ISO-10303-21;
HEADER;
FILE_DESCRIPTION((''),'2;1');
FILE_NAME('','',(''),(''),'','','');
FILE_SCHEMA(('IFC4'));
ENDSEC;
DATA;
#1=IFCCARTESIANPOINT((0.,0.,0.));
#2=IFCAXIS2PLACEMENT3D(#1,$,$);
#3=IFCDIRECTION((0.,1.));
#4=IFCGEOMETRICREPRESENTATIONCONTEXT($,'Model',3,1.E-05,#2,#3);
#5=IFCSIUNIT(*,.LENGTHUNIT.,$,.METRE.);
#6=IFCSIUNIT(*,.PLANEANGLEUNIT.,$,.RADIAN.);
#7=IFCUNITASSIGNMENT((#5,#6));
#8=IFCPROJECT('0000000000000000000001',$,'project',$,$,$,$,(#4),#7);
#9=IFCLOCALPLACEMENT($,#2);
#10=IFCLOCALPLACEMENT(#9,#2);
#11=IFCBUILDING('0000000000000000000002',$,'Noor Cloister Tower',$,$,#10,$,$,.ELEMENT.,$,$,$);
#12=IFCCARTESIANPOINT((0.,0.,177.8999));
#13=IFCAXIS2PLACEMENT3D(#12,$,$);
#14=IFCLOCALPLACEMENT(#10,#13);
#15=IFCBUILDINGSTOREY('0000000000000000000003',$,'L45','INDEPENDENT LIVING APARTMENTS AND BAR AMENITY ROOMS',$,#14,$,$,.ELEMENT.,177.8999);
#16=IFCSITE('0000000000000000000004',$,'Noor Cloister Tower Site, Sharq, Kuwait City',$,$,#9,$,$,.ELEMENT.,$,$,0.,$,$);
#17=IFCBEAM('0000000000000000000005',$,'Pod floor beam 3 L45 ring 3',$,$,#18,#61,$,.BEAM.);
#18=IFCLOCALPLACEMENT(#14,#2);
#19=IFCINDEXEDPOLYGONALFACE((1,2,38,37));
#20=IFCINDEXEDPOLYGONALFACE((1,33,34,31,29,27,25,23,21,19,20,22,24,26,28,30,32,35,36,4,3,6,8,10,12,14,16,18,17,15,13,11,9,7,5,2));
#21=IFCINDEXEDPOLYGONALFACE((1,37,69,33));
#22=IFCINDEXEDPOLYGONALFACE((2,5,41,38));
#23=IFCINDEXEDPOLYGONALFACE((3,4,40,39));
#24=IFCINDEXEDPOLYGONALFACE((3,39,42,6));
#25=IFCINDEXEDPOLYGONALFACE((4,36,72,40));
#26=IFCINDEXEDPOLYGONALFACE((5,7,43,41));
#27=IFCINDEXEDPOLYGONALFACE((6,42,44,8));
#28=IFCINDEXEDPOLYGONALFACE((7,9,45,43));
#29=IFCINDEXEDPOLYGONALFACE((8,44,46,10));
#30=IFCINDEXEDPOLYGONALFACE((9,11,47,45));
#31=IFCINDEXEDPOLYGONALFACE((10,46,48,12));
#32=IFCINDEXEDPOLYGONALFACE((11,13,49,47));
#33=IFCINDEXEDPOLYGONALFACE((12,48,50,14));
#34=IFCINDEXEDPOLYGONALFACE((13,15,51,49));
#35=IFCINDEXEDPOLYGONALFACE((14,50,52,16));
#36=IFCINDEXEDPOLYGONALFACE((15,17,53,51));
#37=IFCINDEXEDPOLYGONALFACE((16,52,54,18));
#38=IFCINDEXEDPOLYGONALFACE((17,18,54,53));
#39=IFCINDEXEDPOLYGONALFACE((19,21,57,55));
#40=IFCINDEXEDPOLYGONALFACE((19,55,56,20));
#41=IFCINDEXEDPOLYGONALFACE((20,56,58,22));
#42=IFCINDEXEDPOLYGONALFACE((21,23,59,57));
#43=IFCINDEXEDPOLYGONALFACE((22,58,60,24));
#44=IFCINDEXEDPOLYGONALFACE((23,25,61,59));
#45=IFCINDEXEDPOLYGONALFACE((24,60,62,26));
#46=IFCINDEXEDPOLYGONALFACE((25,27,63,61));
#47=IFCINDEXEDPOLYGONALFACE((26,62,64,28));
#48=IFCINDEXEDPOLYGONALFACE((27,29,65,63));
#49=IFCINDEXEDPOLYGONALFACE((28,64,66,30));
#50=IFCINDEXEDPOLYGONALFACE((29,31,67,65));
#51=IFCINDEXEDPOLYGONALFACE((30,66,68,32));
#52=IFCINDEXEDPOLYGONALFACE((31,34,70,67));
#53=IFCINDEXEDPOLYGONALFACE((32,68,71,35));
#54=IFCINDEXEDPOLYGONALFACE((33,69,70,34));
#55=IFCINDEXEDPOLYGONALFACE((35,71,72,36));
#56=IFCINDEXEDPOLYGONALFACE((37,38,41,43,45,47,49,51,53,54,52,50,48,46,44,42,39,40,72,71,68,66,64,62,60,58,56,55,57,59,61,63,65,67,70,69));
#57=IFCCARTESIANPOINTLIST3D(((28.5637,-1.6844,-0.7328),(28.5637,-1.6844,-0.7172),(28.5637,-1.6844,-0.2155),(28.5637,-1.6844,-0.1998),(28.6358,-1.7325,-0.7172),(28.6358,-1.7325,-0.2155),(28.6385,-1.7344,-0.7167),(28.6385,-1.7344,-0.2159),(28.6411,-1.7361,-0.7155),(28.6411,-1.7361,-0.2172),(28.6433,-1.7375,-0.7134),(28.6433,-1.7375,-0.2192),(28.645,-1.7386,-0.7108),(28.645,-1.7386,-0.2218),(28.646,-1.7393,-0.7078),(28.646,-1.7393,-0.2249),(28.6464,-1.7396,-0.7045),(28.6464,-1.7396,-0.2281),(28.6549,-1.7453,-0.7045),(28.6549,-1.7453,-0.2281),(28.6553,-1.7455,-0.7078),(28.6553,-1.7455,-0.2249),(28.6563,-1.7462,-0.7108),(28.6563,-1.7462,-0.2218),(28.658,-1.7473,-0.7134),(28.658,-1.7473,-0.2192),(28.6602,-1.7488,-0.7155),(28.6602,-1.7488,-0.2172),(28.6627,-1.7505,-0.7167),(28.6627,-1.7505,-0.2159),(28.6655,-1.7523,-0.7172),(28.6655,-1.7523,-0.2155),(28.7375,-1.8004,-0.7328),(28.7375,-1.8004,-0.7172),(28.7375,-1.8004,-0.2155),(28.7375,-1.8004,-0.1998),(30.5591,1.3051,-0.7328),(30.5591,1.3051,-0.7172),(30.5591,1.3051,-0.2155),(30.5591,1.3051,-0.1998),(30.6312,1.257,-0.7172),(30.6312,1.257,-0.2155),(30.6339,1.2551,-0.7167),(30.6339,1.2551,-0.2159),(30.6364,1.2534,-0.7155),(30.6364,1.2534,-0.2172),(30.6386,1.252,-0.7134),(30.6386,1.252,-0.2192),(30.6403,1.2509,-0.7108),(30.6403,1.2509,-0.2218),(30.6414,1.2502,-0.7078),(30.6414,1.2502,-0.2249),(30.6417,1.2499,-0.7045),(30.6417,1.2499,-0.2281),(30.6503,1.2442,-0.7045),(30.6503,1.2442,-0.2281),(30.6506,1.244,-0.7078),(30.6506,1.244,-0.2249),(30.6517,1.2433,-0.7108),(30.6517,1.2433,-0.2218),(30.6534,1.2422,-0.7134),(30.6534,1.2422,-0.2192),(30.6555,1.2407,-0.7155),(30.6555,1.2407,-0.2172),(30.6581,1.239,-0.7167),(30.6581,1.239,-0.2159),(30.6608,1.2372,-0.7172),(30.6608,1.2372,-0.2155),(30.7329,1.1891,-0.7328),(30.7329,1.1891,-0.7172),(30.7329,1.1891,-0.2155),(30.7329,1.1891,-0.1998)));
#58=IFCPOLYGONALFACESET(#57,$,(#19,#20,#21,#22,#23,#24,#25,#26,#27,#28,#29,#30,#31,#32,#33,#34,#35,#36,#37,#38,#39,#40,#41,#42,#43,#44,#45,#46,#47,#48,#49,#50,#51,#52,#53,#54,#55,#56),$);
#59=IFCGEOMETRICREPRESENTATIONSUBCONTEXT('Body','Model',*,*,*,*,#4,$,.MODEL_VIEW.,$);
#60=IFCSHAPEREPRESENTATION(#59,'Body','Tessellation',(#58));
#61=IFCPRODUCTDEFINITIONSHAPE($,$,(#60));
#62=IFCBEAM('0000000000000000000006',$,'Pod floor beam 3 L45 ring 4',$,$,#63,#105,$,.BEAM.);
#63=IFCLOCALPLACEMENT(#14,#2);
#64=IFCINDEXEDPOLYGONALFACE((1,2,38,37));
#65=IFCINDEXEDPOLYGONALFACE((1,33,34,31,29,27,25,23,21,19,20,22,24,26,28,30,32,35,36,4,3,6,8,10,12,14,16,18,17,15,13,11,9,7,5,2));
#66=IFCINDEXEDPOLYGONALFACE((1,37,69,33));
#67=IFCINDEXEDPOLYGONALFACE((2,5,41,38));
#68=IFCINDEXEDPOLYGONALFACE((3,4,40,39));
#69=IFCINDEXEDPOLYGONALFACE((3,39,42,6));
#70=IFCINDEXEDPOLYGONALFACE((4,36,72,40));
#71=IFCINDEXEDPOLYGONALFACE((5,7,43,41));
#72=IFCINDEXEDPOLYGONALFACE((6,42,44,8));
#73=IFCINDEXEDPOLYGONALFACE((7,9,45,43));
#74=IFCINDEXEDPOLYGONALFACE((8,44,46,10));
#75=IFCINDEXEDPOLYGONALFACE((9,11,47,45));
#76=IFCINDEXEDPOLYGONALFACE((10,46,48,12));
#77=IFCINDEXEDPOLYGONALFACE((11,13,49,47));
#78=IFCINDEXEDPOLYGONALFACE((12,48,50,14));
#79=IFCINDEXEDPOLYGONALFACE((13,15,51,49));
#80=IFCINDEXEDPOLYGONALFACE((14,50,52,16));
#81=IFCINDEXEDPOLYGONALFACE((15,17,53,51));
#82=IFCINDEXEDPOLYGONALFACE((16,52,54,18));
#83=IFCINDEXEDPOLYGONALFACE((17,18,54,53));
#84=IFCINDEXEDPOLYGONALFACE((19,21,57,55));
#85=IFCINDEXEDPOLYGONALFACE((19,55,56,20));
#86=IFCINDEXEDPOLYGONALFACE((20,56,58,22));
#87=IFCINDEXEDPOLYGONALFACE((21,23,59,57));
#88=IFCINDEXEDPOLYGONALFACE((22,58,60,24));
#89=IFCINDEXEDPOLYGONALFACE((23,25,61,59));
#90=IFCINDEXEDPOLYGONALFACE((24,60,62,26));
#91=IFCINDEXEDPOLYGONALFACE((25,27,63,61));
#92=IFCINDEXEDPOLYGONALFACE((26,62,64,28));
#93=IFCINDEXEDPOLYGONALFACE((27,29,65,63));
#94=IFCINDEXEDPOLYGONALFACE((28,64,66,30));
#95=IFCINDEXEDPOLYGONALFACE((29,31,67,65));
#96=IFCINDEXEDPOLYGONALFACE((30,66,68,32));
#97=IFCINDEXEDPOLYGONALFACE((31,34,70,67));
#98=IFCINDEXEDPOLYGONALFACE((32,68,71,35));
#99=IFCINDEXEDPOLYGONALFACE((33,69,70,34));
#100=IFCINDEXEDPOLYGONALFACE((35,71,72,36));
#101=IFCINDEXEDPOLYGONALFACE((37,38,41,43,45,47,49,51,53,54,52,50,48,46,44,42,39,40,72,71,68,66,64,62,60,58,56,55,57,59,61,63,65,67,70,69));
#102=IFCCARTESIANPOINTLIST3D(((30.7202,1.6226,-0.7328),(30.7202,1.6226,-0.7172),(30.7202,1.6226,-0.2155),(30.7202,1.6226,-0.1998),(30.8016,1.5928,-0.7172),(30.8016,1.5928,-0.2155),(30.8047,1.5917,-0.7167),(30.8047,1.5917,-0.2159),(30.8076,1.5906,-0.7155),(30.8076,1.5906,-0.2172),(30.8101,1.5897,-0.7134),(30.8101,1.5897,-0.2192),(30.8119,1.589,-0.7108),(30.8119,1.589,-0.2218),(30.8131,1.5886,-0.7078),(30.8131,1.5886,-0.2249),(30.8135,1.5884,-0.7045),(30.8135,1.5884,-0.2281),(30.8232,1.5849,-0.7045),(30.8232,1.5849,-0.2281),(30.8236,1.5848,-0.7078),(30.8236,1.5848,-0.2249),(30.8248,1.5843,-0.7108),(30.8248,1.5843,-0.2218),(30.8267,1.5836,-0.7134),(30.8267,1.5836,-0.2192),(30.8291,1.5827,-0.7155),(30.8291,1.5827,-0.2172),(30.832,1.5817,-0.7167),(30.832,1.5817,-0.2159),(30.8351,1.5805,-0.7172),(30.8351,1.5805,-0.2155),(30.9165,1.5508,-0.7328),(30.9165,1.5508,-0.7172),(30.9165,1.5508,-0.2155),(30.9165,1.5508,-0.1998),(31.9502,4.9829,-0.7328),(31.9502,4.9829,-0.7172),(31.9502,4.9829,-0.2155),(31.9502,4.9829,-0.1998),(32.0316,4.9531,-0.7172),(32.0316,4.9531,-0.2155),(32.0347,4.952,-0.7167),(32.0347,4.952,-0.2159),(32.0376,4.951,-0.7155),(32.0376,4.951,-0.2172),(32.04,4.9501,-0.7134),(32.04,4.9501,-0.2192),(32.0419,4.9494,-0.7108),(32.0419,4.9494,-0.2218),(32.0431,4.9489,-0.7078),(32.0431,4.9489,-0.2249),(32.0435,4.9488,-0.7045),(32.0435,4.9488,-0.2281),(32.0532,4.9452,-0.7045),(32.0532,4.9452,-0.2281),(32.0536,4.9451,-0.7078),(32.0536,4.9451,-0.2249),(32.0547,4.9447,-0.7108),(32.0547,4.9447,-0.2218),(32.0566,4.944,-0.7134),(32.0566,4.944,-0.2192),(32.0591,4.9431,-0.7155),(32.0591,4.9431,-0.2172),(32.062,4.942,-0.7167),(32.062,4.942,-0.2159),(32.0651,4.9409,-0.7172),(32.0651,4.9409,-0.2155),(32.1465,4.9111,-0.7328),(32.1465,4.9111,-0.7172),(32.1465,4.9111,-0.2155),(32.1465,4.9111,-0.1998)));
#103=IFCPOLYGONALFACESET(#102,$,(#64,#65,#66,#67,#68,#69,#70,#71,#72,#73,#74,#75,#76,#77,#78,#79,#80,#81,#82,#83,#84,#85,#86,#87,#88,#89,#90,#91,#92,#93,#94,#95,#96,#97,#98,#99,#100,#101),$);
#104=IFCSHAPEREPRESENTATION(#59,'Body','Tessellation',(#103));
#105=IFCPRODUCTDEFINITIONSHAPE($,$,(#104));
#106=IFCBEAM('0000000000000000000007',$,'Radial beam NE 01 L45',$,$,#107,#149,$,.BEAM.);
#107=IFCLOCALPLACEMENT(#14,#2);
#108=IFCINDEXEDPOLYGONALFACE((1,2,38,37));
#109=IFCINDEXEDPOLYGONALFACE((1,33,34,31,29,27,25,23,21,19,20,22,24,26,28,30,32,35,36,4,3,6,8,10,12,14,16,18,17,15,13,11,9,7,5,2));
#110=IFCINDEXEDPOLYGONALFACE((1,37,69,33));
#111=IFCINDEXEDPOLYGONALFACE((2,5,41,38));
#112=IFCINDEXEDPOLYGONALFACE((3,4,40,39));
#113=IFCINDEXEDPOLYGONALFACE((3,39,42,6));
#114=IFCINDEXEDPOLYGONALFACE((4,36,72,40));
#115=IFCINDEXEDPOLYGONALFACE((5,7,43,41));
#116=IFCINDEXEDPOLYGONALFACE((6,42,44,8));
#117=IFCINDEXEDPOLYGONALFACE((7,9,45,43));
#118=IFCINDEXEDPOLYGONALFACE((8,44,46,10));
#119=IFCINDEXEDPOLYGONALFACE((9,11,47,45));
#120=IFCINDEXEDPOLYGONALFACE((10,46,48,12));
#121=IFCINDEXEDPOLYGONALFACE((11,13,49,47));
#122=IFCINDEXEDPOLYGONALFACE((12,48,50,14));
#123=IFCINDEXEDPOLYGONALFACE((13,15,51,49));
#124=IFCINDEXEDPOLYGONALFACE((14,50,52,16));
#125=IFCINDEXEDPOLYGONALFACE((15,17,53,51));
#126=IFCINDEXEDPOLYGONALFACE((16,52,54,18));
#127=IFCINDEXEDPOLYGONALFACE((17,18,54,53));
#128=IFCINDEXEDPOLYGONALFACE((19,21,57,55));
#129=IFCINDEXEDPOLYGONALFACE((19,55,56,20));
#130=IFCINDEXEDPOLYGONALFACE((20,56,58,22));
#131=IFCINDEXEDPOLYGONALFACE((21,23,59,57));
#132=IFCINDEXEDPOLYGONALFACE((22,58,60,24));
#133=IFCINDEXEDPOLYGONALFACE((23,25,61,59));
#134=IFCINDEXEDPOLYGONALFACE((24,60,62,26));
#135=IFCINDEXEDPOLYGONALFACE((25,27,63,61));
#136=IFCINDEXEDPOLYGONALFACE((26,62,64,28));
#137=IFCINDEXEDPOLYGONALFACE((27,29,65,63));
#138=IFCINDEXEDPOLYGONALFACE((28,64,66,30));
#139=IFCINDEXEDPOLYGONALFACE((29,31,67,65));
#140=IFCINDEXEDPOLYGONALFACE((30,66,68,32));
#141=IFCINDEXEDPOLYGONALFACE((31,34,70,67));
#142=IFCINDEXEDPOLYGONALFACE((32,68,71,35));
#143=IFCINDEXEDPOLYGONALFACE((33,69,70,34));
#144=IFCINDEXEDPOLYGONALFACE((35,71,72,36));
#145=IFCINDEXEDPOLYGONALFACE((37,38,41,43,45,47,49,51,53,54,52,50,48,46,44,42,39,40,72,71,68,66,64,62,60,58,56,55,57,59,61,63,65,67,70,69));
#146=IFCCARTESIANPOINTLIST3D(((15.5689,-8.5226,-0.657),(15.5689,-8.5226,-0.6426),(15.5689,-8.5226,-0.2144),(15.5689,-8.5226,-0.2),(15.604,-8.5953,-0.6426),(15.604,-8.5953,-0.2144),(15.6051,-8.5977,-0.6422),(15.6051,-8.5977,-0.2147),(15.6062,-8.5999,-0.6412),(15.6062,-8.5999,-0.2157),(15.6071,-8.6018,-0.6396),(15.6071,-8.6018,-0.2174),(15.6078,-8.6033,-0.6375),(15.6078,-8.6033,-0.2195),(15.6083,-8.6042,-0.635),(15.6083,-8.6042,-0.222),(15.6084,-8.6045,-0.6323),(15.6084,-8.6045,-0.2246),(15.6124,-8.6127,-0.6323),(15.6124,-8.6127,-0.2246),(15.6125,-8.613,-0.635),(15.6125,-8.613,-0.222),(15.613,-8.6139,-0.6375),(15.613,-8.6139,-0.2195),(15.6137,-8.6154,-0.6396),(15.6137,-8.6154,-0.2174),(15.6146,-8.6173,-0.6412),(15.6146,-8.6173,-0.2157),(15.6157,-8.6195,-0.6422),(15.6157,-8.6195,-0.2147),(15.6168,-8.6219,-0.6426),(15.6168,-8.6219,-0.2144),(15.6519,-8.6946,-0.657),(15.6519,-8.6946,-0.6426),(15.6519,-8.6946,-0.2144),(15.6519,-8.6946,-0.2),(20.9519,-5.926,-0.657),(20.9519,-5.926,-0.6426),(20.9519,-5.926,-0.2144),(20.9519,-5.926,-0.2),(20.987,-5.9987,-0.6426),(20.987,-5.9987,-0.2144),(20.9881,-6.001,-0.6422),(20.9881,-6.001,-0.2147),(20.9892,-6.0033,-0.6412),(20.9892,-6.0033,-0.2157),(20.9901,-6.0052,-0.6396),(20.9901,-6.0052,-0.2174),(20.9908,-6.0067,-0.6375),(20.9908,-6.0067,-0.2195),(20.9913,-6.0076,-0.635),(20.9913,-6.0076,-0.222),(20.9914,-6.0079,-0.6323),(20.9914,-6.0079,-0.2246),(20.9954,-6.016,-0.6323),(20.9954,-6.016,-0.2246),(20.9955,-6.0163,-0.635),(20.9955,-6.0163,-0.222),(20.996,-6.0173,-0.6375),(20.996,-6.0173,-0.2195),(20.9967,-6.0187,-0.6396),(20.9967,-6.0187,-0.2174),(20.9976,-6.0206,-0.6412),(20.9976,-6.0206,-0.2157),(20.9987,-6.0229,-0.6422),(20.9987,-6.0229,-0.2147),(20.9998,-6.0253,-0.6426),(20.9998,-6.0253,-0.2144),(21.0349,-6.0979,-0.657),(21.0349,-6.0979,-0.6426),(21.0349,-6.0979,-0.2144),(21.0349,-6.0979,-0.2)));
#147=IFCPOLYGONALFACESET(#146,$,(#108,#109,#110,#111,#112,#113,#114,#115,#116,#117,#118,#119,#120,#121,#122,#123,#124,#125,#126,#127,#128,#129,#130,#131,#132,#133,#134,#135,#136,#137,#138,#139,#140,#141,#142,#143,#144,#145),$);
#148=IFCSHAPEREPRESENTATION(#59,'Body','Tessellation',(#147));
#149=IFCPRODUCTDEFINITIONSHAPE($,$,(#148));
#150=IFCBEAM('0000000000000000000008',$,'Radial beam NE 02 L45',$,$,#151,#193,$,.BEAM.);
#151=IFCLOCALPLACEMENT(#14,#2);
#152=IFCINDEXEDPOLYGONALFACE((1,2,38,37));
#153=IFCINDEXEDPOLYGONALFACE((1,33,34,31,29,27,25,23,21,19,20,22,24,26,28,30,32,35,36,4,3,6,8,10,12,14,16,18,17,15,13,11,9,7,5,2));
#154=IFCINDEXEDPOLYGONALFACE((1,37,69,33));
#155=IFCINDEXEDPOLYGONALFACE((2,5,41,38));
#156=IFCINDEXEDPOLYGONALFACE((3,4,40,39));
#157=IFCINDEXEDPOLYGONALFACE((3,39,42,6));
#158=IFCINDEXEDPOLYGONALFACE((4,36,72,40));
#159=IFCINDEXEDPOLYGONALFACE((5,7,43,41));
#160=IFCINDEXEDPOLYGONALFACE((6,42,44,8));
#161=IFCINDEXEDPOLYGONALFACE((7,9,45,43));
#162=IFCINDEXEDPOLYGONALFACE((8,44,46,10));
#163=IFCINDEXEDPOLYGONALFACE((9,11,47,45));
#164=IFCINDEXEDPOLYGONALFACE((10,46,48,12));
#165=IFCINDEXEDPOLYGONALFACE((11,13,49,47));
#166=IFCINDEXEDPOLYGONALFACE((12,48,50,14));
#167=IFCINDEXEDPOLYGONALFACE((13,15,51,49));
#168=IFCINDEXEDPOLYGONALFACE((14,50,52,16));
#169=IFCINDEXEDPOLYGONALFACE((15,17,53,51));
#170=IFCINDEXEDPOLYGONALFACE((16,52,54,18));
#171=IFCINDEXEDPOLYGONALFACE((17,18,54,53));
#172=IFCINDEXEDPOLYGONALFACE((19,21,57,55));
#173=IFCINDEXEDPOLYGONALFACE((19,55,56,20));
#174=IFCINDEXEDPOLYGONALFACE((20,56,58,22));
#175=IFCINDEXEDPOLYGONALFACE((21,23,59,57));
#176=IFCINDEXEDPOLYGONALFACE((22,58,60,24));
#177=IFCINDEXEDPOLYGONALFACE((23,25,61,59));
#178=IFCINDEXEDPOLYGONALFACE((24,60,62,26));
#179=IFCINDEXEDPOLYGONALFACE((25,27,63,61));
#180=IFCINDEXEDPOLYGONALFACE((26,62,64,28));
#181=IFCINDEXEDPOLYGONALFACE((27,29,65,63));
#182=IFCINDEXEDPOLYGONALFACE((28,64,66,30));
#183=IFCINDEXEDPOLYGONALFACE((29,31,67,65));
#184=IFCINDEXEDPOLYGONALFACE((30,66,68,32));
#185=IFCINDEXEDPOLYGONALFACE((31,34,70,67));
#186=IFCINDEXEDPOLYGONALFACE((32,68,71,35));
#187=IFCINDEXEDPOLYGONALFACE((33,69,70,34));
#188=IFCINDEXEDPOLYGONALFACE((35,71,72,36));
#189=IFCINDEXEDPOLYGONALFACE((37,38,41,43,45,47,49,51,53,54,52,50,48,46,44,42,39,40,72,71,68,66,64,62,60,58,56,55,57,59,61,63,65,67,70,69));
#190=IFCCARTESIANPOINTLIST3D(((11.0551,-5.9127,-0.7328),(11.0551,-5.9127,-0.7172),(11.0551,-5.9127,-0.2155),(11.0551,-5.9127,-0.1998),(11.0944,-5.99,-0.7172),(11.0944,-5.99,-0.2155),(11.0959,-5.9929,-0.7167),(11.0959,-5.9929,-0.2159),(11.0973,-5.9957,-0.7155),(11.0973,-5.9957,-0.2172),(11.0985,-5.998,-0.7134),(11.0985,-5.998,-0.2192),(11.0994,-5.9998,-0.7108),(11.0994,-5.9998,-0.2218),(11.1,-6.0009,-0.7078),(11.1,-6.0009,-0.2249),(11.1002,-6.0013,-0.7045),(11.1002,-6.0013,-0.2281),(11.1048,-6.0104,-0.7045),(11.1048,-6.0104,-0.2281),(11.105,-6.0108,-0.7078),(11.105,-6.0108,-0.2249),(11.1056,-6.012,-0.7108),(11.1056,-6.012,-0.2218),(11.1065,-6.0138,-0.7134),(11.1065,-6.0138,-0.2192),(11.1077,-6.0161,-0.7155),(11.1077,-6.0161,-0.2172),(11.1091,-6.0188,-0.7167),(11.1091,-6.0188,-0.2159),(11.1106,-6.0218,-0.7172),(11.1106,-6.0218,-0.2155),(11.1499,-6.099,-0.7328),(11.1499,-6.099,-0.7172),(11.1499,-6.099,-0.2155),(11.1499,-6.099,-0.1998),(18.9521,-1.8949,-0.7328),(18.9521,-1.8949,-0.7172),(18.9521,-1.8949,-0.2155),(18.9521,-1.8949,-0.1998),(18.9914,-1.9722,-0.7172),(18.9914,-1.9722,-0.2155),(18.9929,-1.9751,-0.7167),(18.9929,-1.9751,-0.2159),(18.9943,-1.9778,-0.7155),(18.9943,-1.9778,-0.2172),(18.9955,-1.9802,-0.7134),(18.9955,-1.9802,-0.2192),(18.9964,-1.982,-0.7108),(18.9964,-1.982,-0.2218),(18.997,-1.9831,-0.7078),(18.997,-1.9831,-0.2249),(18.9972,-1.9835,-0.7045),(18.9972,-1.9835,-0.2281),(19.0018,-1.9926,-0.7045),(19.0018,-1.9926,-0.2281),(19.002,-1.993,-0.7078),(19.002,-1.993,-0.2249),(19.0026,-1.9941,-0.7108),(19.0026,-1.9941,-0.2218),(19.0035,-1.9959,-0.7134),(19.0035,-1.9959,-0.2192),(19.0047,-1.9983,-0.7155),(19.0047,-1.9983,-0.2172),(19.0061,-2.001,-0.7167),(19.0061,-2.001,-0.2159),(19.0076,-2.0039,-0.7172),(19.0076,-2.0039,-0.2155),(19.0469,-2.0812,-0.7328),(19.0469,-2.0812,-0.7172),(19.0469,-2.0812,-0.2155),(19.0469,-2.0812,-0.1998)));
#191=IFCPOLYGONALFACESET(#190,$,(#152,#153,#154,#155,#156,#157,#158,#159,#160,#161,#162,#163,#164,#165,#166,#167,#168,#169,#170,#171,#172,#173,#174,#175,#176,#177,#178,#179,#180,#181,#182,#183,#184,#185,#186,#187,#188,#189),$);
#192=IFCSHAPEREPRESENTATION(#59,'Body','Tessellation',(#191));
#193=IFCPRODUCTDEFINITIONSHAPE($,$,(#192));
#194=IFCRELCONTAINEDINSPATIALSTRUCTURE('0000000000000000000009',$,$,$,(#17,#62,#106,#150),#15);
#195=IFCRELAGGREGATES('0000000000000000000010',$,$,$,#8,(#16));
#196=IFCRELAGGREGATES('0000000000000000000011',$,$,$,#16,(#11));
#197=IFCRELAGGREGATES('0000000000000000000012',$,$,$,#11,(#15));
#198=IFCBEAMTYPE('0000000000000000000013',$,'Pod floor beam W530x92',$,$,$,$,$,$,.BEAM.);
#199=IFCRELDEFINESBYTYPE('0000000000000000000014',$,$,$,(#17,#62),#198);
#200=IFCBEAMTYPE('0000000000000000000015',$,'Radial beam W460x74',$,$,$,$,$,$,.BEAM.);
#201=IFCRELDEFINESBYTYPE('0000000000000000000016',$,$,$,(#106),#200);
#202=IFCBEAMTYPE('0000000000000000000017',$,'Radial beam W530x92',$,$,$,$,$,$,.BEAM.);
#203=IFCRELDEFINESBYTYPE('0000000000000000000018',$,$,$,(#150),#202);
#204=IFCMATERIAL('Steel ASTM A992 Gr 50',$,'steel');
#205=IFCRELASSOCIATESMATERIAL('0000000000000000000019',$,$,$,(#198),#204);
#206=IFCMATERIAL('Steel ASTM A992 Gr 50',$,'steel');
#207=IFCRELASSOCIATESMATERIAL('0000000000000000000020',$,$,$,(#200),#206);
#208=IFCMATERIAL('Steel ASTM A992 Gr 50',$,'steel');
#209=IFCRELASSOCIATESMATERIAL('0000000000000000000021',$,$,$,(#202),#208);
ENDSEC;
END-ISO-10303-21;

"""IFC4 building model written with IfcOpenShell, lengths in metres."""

from ifc_helpers import new_model, si_unit, direction, frame, origin, origin_2d, place, context, subcontext, project, spatial, i_section, extrude, material, material_profile, profile_set, type_object, element, save


model = new_model("IFC4")

# Units and contexts
model_context = context("Model", 3, precision=1e-05, world=origin(), true_north=direction((0.0, 1.0)))
body_context = subcontext(model_context, "Body", "Model", "MODEL_VIEW")
ifc_project = project(units=[si_unit("LENGTHUNIT", "METRE"), si_unit("PLANEANGLEUNIT", "RADIAN")], contexts=[model_context])

# Site, building, storey
site_placement = place(None, origin())
site = spatial("IfcSite", under=ifc_project, at=site_placement, Name="Noor Cloister Tower Site, Sharq, Kuwait City", CompositionType="ELEMENT", RefElevation=0.0)
building_placement = place(site_placement, origin())
building = spatial("IfcBuilding", under=site, at=building_placement, Name="Noor Cloister Tower", CompositionType="ELEMENT")
storey_placement = place(building_placement, frame((0.0, 0.0, 177.8999)))
storey = spatial("IfcBuildingStorey", under=building, at=storey_placement, Name="L45", Description="INDEPENDENT LIVING APARTMENTS AND BAR AMENITY ROOMS", CompositionType="ELEMENT", Elevation=177.8999)

# Beams
ifc_material_1 = material(Name="Steel ASTM A992 Gr 50", Category="steel")
ifc_material_profile_1 = material_profile(ifc_material_1, i_section(OverallWidth=0.209, OverallDepth=0.533, WebThickness=0.0103, FlangeThickness=0.0156, FilletRadius=0.0127, at=origin_2d()), Name="W530x92")
ifc_profile_set_1 = profile_set([ifc_material_profile_1], Name="Steel ASTM A992 Gr 50")
beam_type_1 = type_object("IfcBeamType", Name="Pod floor beam W530x92", PredefinedType="BEAM", material=ifc_profile_set_1)
beam_1_placement = place(storey_placement, frame((28.6506, -1.7424, -0.4663), z_axis=(0.555155, 0.831747, 0.0), x_axis=(-0.831747, 0.555155, 0.0)))
element("IfcBeam", 1, at=beam_1_placement, inside=storey, type_object=beam_type_1, Name="Pod floor beam 3 L45 ring 3", PredefinedType="BEAM", context=body_context, shape_type="SweptSolid", body=[
    extrude(i_section(OverallWidth=0.209, OverallDepth=0.533, WebThickness=0.0103, FlangeThickness=0.0156, FilletRadius=0.0127, at=origin_2d()), origin(), (0.0, 0.0, 1.0), 3.5942),
])
beam_2_placement = place(storey_placement, frame((30.8184, 1.5867, -0.4663), z_axis=(0.343725, 0.93907, 0.0), x_axis=(-0.93907, 0.343725, 0.0)))
element("IfcBeam", 2, at=beam_2_placement, inside=storey, type_object=beam_type_1, Name="Pod floor beam 3 L45 ring 4", PredefinedType="BEAM", context=body_context, shape_type="SweptSolid", body=[
    extrude(i_section(OverallWidth=0.209, OverallDepth=0.533, WebThickness=0.0103, FlangeThickness=0.0156, FilletRadius=0.0127, at=origin_2d()), origin(), (0.0, 0.0, 1.0), 3.5784),
])
ifc_material_2 = material(Name="Steel ASTM A992 Gr 50", Category="steel")
ifc_material_profile_2 = material_profile(ifc_material_2, i_section(OverallWidth=0.1909, OverallDepth=0.457, WebThickness=0.009, FlangeThickness=0.0144, FilletRadius=0.0103, at=origin_2d()), Name="W460x74")
ifc_profile_set_2 = profile_set([ifc_material_profile_2], Name="Steel ASTM A992 Gr 50")
beam_type_2 = type_object("IfcBeamType", Name="Radial beam W460x74", PredefinedType="BEAM", material=ifc_profile_set_2)
beam_3_placement = place(storey_placement, frame((20.9934, -6.012, -0.4285), z_axis=(-0.900685, -0.434473, 0.0), x_axis=(0.434473, -0.900685, 0.0)))
element("IfcBeam", 3, at=beam_3_placement, inside=storey, type_object=beam_type_2, Name="Radial beam NE 01 L45", PredefinedType="BEAM", context=body_context, shape_type="SweptSolid", body=[
    extrude(i_section(OverallWidth=0.1909, OverallDepth=0.457, WebThickness=0.009, FlangeThickness=0.0144, FilletRadius=0.0103, at=origin_2d()), origin(), (0.0, 0.0, 1.0), 5.9766),
])
ifc_material_3 = material(Name="Steel ASTM A992 Gr 50", Category="steel")
ifc_material_profile_3 = material_profile(ifc_material_3, i_section(OverallWidth=0.209, OverallDepth=0.533, WebThickness=0.0103, FlangeThickness=0.0156, FilletRadius=0.0127, at=origin_2d()), Name="W530x92")
ifc_profile_set_3 = profile_set([ifc_material_profile_3], Name="Steel ASTM A992 Gr 50")
beam_type_3 = type_object("IfcBeamType", Name="Radial beam W530x92", PredefinedType="BEAM", material=ifc_profile_set_3)
beam_4_placement = place(storey_placement, frame((18.9995, -1.988, -0.4663), z_axis=(-0.891275, -0.453463, 0.0), x_axis=(0.453463, -0.891275, 0.0)))
element("IfcBeam", 4, at=beam_4_placement, inside=storey, type_object=beam_type_3, Name="Radial beam NE 02 L45", PredefinedType="BEAM", context=body_context, shape_type="SweptSolid", body=[
    extrude(i_section(OverallWidth=0.209, OverallDepth=0.533, WebThickness=0.0103, FlangeThickness=0.0156, FilletRadius=0.0127, at=origin_2d()), origin(), (0.0, 0.0, 1.0), 8.8604),
])

save(model, "model.ifc")
